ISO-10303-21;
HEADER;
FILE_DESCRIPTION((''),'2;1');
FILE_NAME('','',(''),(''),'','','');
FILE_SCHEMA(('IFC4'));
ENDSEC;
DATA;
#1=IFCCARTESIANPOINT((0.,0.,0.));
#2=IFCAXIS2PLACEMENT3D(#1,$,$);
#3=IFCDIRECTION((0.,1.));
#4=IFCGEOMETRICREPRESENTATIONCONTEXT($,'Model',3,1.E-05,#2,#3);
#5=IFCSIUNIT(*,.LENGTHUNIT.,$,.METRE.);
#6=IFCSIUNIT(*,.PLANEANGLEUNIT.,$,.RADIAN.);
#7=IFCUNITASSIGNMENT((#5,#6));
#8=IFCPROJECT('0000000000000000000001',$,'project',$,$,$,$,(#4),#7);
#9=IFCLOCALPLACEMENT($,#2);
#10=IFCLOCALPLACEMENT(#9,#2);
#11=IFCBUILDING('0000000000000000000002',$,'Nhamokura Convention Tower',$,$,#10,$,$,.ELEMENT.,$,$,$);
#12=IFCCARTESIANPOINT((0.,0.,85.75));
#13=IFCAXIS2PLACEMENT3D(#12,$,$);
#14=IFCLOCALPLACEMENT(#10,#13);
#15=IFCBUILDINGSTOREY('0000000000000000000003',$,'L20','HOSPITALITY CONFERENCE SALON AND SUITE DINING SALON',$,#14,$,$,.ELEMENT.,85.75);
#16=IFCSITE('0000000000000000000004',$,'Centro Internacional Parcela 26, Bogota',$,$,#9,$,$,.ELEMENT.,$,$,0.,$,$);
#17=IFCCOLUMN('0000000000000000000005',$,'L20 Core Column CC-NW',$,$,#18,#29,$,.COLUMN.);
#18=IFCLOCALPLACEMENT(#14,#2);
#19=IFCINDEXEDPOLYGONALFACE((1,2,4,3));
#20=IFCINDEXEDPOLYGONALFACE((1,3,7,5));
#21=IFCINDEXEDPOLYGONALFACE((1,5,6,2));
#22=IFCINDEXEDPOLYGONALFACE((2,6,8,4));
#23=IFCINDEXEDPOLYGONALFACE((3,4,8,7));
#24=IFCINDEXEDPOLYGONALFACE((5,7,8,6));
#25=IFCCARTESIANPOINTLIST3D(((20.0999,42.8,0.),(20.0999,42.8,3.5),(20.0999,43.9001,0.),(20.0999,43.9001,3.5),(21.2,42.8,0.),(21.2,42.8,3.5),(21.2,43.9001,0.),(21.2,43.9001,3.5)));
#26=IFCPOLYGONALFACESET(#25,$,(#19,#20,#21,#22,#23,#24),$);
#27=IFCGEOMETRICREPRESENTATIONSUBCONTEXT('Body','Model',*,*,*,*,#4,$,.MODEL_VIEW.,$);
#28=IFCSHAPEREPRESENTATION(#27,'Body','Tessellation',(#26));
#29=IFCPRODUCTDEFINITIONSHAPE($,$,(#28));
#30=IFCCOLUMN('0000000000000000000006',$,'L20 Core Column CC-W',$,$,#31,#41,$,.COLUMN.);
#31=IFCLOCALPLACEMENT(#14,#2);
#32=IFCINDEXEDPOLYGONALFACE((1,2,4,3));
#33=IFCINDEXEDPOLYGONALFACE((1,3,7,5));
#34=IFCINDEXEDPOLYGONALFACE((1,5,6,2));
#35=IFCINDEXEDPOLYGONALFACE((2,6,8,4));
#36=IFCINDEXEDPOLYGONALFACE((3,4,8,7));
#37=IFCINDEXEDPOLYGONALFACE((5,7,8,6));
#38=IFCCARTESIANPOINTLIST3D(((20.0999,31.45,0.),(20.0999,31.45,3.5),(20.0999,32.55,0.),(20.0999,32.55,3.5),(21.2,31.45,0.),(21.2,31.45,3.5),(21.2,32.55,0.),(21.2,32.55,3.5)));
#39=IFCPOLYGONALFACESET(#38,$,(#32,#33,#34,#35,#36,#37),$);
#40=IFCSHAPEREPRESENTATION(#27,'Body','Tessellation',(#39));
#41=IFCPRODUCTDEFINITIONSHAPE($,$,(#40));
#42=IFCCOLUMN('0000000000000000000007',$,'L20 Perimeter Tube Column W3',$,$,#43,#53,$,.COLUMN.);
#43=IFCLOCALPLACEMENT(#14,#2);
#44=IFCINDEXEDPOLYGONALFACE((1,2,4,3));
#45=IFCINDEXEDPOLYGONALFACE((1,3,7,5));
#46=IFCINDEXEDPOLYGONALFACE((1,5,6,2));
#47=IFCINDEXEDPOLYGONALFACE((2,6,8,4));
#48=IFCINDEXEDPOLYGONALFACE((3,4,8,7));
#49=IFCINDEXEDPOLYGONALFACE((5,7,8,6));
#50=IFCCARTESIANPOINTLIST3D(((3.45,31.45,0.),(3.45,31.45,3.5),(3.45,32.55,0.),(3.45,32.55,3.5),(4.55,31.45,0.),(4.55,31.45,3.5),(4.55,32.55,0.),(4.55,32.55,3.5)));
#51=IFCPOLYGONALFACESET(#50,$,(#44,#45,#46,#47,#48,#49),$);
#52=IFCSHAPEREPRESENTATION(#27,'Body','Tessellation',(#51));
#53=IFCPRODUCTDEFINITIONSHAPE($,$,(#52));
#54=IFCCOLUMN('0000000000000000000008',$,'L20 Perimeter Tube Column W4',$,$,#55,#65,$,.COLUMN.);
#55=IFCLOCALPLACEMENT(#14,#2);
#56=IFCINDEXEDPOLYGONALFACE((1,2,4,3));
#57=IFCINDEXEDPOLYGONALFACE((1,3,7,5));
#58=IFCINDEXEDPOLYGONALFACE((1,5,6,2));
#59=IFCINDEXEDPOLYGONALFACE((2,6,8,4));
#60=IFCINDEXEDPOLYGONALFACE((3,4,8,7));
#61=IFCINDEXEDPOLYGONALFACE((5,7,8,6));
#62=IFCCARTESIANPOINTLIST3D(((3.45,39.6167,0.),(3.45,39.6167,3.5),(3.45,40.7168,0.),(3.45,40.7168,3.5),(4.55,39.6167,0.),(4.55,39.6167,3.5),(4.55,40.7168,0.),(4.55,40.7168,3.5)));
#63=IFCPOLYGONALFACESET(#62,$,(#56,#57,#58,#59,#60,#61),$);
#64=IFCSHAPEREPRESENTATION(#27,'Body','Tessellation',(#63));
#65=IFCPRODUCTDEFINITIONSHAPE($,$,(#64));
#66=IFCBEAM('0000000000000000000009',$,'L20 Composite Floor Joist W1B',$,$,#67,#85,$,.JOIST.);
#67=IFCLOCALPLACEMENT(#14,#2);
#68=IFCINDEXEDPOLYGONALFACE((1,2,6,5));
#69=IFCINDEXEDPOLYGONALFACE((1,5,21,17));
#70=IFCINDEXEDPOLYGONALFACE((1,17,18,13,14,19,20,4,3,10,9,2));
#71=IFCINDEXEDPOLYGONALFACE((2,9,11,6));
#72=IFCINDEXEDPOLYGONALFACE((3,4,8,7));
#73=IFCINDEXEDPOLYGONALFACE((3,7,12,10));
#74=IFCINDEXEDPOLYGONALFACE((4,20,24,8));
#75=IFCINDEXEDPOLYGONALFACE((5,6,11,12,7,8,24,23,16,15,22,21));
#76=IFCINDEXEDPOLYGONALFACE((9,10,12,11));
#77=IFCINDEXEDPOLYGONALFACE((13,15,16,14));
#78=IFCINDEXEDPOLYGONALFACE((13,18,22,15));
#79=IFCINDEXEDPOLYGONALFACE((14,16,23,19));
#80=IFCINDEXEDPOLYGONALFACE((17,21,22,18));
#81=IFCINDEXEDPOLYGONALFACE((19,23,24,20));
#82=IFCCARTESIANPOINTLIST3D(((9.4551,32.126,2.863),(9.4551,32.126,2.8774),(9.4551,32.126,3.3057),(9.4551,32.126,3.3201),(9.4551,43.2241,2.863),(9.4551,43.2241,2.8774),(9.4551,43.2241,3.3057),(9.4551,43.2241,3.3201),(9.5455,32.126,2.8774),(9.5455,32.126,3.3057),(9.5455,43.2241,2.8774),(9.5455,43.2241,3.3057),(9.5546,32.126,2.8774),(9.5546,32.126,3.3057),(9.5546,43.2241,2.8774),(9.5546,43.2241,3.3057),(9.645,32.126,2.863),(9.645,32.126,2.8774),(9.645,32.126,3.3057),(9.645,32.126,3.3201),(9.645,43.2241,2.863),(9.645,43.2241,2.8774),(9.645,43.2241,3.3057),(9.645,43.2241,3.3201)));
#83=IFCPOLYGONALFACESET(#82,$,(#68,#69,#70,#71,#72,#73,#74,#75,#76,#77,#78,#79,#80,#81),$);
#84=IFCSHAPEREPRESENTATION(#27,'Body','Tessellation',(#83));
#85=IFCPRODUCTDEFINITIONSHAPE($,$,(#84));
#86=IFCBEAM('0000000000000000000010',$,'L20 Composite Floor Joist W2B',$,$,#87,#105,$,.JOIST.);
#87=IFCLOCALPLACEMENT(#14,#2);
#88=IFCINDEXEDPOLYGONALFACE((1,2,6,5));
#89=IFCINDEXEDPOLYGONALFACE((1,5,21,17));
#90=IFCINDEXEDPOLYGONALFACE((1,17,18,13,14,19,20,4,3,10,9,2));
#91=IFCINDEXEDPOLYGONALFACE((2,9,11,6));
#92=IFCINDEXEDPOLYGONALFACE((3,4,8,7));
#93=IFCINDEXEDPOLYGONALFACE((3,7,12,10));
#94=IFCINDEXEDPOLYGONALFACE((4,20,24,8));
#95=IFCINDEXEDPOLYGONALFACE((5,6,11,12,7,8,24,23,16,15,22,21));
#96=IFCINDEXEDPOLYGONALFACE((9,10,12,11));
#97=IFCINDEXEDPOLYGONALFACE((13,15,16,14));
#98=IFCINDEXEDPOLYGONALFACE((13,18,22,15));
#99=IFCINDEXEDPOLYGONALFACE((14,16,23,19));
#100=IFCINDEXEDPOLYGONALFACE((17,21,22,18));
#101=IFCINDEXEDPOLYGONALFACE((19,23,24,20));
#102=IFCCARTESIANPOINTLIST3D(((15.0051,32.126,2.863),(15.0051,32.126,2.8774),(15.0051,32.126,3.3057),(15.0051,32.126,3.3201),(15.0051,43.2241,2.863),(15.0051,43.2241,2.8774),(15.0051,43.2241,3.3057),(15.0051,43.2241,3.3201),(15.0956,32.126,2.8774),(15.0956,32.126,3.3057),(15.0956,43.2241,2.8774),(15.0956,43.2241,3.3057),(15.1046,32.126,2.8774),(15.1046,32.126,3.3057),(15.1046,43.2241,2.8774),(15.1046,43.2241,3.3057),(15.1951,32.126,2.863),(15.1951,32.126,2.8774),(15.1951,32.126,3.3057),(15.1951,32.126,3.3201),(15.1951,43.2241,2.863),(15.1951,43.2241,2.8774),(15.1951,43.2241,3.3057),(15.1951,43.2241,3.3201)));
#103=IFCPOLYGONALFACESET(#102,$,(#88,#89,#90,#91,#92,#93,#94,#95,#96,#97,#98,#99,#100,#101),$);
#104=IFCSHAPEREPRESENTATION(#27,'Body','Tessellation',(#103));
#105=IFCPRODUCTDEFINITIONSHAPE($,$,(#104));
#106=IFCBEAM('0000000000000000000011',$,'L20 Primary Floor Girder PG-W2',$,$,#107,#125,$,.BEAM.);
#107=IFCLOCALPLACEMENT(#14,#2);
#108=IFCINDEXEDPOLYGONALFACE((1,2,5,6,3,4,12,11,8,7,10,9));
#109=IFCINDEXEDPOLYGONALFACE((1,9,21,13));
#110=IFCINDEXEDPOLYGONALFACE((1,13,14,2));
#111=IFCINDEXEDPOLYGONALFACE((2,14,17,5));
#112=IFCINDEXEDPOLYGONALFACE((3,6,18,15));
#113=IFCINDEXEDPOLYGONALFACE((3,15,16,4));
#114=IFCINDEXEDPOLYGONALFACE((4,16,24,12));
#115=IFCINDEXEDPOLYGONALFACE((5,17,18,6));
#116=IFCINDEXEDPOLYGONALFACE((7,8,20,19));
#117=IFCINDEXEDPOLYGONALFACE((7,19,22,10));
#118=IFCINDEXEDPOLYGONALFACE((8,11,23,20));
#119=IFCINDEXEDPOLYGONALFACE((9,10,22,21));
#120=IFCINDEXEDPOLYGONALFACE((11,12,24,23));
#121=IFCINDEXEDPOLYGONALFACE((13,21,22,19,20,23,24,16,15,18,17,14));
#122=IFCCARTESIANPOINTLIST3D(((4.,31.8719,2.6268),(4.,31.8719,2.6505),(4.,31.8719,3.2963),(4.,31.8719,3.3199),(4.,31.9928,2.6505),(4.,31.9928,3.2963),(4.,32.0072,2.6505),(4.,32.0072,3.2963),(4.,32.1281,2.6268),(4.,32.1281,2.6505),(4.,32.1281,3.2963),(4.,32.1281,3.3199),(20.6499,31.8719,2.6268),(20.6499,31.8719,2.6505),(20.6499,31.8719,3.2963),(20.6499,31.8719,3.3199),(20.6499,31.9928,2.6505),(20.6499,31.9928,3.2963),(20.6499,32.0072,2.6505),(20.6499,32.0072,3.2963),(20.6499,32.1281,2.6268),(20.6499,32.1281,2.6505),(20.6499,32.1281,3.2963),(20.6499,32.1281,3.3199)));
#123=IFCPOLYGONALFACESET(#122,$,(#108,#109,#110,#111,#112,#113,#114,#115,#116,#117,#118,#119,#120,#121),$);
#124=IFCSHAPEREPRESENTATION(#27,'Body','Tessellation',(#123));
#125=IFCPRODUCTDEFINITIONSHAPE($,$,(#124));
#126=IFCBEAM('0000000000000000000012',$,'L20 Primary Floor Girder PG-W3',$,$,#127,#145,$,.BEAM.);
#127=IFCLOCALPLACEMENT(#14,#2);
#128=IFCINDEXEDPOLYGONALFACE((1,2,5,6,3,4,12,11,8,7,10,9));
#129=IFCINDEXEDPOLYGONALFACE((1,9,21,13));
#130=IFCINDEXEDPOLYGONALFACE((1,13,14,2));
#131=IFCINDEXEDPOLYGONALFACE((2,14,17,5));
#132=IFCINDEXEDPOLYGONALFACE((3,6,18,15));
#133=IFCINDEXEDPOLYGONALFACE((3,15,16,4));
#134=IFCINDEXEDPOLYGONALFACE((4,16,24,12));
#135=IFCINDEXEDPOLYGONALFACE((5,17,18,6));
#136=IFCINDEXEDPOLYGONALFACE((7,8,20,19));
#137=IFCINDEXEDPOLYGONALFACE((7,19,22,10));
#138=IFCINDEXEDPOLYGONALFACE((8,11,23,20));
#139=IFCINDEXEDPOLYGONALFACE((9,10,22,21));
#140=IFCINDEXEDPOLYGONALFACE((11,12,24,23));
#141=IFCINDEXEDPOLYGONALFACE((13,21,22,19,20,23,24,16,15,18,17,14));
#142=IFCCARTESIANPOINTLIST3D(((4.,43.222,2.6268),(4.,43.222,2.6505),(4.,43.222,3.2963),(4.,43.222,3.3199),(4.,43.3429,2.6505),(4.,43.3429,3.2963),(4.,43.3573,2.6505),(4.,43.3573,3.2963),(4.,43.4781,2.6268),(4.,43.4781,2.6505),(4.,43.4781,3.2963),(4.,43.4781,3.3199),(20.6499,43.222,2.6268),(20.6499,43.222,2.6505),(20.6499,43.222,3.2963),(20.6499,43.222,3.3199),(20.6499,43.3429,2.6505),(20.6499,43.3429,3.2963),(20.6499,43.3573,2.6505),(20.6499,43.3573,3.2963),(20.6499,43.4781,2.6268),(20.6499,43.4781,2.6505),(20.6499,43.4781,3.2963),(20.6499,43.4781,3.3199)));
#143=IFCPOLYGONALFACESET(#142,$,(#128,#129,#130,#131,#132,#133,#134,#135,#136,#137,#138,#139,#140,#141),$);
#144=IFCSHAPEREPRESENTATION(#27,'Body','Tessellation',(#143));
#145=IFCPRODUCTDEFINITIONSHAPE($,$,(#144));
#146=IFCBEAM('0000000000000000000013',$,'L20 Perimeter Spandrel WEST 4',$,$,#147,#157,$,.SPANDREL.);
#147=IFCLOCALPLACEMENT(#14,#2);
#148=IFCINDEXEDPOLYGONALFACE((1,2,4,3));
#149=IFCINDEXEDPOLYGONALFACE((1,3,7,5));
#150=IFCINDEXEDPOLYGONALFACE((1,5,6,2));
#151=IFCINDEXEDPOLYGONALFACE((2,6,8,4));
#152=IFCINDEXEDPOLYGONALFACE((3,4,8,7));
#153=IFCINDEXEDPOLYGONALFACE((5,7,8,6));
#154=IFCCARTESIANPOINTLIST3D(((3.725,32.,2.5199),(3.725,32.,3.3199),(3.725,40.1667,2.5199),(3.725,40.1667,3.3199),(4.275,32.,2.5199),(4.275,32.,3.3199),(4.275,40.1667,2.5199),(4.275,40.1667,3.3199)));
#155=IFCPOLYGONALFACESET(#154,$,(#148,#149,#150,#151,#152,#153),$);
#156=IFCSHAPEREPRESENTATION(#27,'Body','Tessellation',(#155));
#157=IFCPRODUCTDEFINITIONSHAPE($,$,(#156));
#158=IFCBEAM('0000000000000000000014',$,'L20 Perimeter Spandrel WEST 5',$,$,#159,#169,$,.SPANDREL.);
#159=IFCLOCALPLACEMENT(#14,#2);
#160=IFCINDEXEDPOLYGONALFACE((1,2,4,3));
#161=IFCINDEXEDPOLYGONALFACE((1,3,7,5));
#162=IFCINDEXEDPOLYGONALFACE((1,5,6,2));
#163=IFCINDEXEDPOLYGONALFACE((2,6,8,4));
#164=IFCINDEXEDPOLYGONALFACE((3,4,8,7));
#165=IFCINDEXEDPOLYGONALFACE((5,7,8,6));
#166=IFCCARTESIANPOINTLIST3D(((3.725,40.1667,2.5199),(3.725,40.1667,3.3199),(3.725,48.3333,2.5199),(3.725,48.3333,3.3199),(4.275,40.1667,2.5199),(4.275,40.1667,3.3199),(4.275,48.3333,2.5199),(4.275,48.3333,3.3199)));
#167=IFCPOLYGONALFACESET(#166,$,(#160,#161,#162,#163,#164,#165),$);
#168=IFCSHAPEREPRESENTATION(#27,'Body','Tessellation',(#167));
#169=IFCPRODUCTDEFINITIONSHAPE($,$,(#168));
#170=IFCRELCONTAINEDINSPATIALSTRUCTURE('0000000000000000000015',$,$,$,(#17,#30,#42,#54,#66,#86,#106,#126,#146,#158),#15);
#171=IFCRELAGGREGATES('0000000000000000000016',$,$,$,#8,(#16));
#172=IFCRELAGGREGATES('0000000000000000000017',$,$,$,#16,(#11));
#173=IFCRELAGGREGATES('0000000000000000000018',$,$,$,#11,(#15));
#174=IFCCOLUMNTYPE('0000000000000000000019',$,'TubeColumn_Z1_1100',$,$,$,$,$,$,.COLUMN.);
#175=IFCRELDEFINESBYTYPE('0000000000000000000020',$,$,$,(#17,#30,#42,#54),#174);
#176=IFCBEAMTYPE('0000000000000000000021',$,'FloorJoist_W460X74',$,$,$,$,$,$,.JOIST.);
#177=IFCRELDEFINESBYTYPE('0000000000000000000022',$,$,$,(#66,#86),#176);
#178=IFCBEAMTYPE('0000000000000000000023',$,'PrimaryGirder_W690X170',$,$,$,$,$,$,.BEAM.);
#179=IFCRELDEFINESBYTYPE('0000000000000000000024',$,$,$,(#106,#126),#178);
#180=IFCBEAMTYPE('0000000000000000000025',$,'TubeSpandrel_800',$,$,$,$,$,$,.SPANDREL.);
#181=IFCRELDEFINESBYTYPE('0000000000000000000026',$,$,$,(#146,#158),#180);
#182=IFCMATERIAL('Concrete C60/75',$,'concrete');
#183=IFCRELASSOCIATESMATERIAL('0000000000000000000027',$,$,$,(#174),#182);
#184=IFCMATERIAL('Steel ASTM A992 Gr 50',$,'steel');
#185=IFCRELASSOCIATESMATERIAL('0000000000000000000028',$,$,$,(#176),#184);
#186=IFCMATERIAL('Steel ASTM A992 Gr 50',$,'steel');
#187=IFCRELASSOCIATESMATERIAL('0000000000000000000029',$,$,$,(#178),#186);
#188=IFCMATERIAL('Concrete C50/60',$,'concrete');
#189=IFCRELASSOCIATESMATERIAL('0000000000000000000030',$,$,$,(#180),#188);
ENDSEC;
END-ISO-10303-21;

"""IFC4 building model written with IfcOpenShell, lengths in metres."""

from ifc_helpers import new_model, si_unit, direction, frame, origin, origin_2d, place, context, subcontext, project, spatial, rectangle, i_section, extrude, material, material_profile, profile_set, type_object, element, save


model = new_model("IFC4")

# Units and contexts
model_context = context("Model", 3, precision=1e-05, world=origin(), true_north=direction((0.0, 1.0)))
body_context = subcontext(model_context, "Body", "Model", "MODEL_VIEW")
ifc_project = project(units=[si_unit("LENGTHUNIT", "METRE"), si_unit("PLANEANGLEUNIT", "RADIAN")], contexts=[model_context])

# Site, building, storey
site_placement = place(None, origin())
site = spatial("IfcSite", under=ifc_project, at=site_placement, Name="Centro Internacional Parcela 26, Bogota", CompositionType="ELEMENT", RefElevation=0.0)
building_placement = place(site_placement, origin())
building = spatial("IfcBuilding", under=site, at=building_placement, Name="Nhamokura Convention Tower", CompositionType="ELEMENT")
storey_placement = place(building_placement, frame((0.0, 0.0, 85.75)))
storey = spatial("IfcBuildingStorey", under=building, at=storey_placement, Name="L20", Description="HOSPITALITY CONFERENCE SALON AND SUITE DINING SALON", CompositionType="ELEMENT", Elevation=85.75)

# Columns
ifc_material_1 = material(Name="Concrete C60/75", Category="concrete")
ifc_material_profile_1 = material_profile(ifc_material_1, rectangle(XDim=1.1001, YDim=1.1001, at=origin_2d()))
ifc_profile_set_1 = profile_set([ifc_material_profile_1], Name="Concrete C60/75")
column_type = type_object("IfcColumnType", Name="TubeColumn_Z1_1100", PredefinedType="COLUMN", material=ifc_profile_set_1)
for number, where, z_axis, x_axis, name in (
    (1, (20.6499, 43.3501, 0.0), (0.0, 0.0, 1.0), (1.0, 0.0, 0.0), "L20 Core Column CC-NW"),
    (2, (20.6499, 32.0, 0.0), (0.0, 0.0, 1.0), (1.0, 0.0, 0.0), "L20 Core Column CC-W"),
    (3, (4.0, 32.0, 0.0), (0.0, 0.0, 1.0), (1.0, 0.0, 0.0), "L20 Perimeter Tube Column W3"),
    (4, (4.0, 40.1667, 0.0), (0.0, 0.0, 1.0), (1.0, 0.0, 0.0), "L20 Perimeter Tube Column W4"),
):
    element("IfcColumn", number, at=place(storey_placement, frame(where, z_axis=z_axis, x_axis=x_axis)), inside=storey, type_object=column_type, Name=name, PredefinedType="COLUMN", context=body_context, shape_type="SweptSolid", body=[
        extrude(rectangle(XDim=1.1001, YDim=1.1001, at=origin_2d()), origin(), (0.0, 0.0, 1.0), 3.5),
    ])

# Beams
ifc_material_2 = material(Name="Steel ASTM A992 Gr 50", Category="steel")
ifc_material_profile_2 = material_profile(ifc_material_2, i_section(OverallWidth=0.1899, OverallDepth=0.457, WebThickness=0.009, FlangeThickness=0.0144, at=origin_2d()))
ifc_profile_set_2 = profile_set([ifc_material_profile_2], Name="Steel ASTM A992 Gr 50")
beam_type_1 = type_object("IfcBeamType", Name="FloorJoist_W460X74", PredefinedType="JOIST", material=ifc_profile_set_2)
for number, where, z_axis, x_axis, name in (
    (5, (9.55, 32.126, 3.0916), (0.0, 1.0, 0.0), (-1.0, 0.0, 0.0), "L20 Composite Floor Joist W1B"),
    (6, (15.1001, 32.126, 3.0916), (0.0, 1.0, 0.0), (-1.0, 0.0, 0.0), "L20 Composite Floor Joist W2B"),
):
    element("IfcBeam", number, at=place(storey_placement, frame(where, z_axis=z_axis, x_axis=x_axis)), inside=storey, type_object=beam_type_1, Name=name, PredefinedType="JOIST", context=body_context, shape_type="SweptSolid", body=[
        extrude(i_section(OverallWidth=0.1899, OverallDepth=0.457, WebThickness=0.009, FlangeThickness=0.0144, at=origin_2d()), origin(), (0.0, 0.0, 1.0), 11.0981),
    ])
ifc_material_3 = material(Name="Steel ASTM A992 Gr 50", Category="steel")
ifc_material_profile_3 = material_profile(ifc_material_3, i_section(OverallWidth=0.2561, OverallDepth=0.6931, WebThickness=0.0144, FlangeThickness=0.0237, at=origin_2d()))
ifc_profile_set_3 = profile_set([ifc_material_profile_3], Name="Steel ASTM A992 Gr 50")
beam_type_2 = type_object("IfcBeamType", Name="PrimaryGirder_W690X170", PredefinedType="BEAM", material=ifc_profile_set_3)
for number, where, z_axis, x_axis, name in (
    (7, (4.0, 32.0, 2.9734), (1.0, 0.0, 0.0), (0.0, 1.0, 0.0), "L20 Primary Floor Girder PG-W2"),
    (8, (4.0, 43.3501, 2.9734), (1.0, 0.0, 0.0), (0.0, 1.0, 0.0), "L20 Primary Floor Girder PG-W3"),
):
    element("IfcBeam", number, at=place(storey_placement, frame(where, z_axis=z_axis, x_axis=x_axis)), inside=storey, type_object=beam_type_2, Name=name, PredefinedType="BEAM", context=body_context, shape_type="SweptSolid", body=[
        extrude(i_section(OverallWidth=0.2561, OverallDepth=0.6931, WebThickness=0.0144, FlangeThickness=0.0237, at=origin_2d()), origin(), (0.0, 0.0, 1.0), 16.6499),
    ])
ifc_material_4 = material(Name="Concrete C50/60", Category="concrete")
ifc_material_profile_4 = material_profile(ifc_material_4, rectangle(XDim=0.55, YDim=0.8, at=origin_2d()))
ifc_profile_set_4 = profile_set([ifc_material_profile_4], Name="Concrete C50/60")
beam_type_3 = type_object("IfcBeamType", Name="TubeSpandrel_800", PredefinedType="SPANDREL", material=ifc_profile_set_4)
beam_1_placement = place(storey_placement, frame((4.0, 32.0, 2.9199), z_axis=(0.0, 1.0, 0.0), x_axis=(-1.0, 0.0, 0.0)))
element("IfcBeam", 9, at=beam_1_placement, inside=storey, type_object=beam_type_3, Name="L20 Perimeter Spandrel WEST 4", PredefinedType="SPANDREL", context=body_context, shape_type="SweptSolid", body=[
    extrude(rectangle(XDim=0.55, YDim=0.8, at=origin_2d()), origin(), (0.0, 0.0, 1.0), 8.1667),
])
beam_2_placement = place(storey_placement, frame((4.0, 40.1667, 2.9199), z_axis=(0.0, 1.0, 0.0), x_axis=(-1.0, 0.0, 0.0)))
element("IfcBeam", 10, at=beam_2_placement, inside=storey, type_object=beam_type_3, Name="L20 Perimeter Spandrel WEST 5", PredefinedType="SPANDREL", context=body_context, shape_type="SweptSolid", body=[
    extrude(rectangle(XDim=0.55, YDim=0.8, at=origin_2d()), origin(), (0.0, 0.0, 1.0), 8.1665),
])

save(model, "model.ifc")
